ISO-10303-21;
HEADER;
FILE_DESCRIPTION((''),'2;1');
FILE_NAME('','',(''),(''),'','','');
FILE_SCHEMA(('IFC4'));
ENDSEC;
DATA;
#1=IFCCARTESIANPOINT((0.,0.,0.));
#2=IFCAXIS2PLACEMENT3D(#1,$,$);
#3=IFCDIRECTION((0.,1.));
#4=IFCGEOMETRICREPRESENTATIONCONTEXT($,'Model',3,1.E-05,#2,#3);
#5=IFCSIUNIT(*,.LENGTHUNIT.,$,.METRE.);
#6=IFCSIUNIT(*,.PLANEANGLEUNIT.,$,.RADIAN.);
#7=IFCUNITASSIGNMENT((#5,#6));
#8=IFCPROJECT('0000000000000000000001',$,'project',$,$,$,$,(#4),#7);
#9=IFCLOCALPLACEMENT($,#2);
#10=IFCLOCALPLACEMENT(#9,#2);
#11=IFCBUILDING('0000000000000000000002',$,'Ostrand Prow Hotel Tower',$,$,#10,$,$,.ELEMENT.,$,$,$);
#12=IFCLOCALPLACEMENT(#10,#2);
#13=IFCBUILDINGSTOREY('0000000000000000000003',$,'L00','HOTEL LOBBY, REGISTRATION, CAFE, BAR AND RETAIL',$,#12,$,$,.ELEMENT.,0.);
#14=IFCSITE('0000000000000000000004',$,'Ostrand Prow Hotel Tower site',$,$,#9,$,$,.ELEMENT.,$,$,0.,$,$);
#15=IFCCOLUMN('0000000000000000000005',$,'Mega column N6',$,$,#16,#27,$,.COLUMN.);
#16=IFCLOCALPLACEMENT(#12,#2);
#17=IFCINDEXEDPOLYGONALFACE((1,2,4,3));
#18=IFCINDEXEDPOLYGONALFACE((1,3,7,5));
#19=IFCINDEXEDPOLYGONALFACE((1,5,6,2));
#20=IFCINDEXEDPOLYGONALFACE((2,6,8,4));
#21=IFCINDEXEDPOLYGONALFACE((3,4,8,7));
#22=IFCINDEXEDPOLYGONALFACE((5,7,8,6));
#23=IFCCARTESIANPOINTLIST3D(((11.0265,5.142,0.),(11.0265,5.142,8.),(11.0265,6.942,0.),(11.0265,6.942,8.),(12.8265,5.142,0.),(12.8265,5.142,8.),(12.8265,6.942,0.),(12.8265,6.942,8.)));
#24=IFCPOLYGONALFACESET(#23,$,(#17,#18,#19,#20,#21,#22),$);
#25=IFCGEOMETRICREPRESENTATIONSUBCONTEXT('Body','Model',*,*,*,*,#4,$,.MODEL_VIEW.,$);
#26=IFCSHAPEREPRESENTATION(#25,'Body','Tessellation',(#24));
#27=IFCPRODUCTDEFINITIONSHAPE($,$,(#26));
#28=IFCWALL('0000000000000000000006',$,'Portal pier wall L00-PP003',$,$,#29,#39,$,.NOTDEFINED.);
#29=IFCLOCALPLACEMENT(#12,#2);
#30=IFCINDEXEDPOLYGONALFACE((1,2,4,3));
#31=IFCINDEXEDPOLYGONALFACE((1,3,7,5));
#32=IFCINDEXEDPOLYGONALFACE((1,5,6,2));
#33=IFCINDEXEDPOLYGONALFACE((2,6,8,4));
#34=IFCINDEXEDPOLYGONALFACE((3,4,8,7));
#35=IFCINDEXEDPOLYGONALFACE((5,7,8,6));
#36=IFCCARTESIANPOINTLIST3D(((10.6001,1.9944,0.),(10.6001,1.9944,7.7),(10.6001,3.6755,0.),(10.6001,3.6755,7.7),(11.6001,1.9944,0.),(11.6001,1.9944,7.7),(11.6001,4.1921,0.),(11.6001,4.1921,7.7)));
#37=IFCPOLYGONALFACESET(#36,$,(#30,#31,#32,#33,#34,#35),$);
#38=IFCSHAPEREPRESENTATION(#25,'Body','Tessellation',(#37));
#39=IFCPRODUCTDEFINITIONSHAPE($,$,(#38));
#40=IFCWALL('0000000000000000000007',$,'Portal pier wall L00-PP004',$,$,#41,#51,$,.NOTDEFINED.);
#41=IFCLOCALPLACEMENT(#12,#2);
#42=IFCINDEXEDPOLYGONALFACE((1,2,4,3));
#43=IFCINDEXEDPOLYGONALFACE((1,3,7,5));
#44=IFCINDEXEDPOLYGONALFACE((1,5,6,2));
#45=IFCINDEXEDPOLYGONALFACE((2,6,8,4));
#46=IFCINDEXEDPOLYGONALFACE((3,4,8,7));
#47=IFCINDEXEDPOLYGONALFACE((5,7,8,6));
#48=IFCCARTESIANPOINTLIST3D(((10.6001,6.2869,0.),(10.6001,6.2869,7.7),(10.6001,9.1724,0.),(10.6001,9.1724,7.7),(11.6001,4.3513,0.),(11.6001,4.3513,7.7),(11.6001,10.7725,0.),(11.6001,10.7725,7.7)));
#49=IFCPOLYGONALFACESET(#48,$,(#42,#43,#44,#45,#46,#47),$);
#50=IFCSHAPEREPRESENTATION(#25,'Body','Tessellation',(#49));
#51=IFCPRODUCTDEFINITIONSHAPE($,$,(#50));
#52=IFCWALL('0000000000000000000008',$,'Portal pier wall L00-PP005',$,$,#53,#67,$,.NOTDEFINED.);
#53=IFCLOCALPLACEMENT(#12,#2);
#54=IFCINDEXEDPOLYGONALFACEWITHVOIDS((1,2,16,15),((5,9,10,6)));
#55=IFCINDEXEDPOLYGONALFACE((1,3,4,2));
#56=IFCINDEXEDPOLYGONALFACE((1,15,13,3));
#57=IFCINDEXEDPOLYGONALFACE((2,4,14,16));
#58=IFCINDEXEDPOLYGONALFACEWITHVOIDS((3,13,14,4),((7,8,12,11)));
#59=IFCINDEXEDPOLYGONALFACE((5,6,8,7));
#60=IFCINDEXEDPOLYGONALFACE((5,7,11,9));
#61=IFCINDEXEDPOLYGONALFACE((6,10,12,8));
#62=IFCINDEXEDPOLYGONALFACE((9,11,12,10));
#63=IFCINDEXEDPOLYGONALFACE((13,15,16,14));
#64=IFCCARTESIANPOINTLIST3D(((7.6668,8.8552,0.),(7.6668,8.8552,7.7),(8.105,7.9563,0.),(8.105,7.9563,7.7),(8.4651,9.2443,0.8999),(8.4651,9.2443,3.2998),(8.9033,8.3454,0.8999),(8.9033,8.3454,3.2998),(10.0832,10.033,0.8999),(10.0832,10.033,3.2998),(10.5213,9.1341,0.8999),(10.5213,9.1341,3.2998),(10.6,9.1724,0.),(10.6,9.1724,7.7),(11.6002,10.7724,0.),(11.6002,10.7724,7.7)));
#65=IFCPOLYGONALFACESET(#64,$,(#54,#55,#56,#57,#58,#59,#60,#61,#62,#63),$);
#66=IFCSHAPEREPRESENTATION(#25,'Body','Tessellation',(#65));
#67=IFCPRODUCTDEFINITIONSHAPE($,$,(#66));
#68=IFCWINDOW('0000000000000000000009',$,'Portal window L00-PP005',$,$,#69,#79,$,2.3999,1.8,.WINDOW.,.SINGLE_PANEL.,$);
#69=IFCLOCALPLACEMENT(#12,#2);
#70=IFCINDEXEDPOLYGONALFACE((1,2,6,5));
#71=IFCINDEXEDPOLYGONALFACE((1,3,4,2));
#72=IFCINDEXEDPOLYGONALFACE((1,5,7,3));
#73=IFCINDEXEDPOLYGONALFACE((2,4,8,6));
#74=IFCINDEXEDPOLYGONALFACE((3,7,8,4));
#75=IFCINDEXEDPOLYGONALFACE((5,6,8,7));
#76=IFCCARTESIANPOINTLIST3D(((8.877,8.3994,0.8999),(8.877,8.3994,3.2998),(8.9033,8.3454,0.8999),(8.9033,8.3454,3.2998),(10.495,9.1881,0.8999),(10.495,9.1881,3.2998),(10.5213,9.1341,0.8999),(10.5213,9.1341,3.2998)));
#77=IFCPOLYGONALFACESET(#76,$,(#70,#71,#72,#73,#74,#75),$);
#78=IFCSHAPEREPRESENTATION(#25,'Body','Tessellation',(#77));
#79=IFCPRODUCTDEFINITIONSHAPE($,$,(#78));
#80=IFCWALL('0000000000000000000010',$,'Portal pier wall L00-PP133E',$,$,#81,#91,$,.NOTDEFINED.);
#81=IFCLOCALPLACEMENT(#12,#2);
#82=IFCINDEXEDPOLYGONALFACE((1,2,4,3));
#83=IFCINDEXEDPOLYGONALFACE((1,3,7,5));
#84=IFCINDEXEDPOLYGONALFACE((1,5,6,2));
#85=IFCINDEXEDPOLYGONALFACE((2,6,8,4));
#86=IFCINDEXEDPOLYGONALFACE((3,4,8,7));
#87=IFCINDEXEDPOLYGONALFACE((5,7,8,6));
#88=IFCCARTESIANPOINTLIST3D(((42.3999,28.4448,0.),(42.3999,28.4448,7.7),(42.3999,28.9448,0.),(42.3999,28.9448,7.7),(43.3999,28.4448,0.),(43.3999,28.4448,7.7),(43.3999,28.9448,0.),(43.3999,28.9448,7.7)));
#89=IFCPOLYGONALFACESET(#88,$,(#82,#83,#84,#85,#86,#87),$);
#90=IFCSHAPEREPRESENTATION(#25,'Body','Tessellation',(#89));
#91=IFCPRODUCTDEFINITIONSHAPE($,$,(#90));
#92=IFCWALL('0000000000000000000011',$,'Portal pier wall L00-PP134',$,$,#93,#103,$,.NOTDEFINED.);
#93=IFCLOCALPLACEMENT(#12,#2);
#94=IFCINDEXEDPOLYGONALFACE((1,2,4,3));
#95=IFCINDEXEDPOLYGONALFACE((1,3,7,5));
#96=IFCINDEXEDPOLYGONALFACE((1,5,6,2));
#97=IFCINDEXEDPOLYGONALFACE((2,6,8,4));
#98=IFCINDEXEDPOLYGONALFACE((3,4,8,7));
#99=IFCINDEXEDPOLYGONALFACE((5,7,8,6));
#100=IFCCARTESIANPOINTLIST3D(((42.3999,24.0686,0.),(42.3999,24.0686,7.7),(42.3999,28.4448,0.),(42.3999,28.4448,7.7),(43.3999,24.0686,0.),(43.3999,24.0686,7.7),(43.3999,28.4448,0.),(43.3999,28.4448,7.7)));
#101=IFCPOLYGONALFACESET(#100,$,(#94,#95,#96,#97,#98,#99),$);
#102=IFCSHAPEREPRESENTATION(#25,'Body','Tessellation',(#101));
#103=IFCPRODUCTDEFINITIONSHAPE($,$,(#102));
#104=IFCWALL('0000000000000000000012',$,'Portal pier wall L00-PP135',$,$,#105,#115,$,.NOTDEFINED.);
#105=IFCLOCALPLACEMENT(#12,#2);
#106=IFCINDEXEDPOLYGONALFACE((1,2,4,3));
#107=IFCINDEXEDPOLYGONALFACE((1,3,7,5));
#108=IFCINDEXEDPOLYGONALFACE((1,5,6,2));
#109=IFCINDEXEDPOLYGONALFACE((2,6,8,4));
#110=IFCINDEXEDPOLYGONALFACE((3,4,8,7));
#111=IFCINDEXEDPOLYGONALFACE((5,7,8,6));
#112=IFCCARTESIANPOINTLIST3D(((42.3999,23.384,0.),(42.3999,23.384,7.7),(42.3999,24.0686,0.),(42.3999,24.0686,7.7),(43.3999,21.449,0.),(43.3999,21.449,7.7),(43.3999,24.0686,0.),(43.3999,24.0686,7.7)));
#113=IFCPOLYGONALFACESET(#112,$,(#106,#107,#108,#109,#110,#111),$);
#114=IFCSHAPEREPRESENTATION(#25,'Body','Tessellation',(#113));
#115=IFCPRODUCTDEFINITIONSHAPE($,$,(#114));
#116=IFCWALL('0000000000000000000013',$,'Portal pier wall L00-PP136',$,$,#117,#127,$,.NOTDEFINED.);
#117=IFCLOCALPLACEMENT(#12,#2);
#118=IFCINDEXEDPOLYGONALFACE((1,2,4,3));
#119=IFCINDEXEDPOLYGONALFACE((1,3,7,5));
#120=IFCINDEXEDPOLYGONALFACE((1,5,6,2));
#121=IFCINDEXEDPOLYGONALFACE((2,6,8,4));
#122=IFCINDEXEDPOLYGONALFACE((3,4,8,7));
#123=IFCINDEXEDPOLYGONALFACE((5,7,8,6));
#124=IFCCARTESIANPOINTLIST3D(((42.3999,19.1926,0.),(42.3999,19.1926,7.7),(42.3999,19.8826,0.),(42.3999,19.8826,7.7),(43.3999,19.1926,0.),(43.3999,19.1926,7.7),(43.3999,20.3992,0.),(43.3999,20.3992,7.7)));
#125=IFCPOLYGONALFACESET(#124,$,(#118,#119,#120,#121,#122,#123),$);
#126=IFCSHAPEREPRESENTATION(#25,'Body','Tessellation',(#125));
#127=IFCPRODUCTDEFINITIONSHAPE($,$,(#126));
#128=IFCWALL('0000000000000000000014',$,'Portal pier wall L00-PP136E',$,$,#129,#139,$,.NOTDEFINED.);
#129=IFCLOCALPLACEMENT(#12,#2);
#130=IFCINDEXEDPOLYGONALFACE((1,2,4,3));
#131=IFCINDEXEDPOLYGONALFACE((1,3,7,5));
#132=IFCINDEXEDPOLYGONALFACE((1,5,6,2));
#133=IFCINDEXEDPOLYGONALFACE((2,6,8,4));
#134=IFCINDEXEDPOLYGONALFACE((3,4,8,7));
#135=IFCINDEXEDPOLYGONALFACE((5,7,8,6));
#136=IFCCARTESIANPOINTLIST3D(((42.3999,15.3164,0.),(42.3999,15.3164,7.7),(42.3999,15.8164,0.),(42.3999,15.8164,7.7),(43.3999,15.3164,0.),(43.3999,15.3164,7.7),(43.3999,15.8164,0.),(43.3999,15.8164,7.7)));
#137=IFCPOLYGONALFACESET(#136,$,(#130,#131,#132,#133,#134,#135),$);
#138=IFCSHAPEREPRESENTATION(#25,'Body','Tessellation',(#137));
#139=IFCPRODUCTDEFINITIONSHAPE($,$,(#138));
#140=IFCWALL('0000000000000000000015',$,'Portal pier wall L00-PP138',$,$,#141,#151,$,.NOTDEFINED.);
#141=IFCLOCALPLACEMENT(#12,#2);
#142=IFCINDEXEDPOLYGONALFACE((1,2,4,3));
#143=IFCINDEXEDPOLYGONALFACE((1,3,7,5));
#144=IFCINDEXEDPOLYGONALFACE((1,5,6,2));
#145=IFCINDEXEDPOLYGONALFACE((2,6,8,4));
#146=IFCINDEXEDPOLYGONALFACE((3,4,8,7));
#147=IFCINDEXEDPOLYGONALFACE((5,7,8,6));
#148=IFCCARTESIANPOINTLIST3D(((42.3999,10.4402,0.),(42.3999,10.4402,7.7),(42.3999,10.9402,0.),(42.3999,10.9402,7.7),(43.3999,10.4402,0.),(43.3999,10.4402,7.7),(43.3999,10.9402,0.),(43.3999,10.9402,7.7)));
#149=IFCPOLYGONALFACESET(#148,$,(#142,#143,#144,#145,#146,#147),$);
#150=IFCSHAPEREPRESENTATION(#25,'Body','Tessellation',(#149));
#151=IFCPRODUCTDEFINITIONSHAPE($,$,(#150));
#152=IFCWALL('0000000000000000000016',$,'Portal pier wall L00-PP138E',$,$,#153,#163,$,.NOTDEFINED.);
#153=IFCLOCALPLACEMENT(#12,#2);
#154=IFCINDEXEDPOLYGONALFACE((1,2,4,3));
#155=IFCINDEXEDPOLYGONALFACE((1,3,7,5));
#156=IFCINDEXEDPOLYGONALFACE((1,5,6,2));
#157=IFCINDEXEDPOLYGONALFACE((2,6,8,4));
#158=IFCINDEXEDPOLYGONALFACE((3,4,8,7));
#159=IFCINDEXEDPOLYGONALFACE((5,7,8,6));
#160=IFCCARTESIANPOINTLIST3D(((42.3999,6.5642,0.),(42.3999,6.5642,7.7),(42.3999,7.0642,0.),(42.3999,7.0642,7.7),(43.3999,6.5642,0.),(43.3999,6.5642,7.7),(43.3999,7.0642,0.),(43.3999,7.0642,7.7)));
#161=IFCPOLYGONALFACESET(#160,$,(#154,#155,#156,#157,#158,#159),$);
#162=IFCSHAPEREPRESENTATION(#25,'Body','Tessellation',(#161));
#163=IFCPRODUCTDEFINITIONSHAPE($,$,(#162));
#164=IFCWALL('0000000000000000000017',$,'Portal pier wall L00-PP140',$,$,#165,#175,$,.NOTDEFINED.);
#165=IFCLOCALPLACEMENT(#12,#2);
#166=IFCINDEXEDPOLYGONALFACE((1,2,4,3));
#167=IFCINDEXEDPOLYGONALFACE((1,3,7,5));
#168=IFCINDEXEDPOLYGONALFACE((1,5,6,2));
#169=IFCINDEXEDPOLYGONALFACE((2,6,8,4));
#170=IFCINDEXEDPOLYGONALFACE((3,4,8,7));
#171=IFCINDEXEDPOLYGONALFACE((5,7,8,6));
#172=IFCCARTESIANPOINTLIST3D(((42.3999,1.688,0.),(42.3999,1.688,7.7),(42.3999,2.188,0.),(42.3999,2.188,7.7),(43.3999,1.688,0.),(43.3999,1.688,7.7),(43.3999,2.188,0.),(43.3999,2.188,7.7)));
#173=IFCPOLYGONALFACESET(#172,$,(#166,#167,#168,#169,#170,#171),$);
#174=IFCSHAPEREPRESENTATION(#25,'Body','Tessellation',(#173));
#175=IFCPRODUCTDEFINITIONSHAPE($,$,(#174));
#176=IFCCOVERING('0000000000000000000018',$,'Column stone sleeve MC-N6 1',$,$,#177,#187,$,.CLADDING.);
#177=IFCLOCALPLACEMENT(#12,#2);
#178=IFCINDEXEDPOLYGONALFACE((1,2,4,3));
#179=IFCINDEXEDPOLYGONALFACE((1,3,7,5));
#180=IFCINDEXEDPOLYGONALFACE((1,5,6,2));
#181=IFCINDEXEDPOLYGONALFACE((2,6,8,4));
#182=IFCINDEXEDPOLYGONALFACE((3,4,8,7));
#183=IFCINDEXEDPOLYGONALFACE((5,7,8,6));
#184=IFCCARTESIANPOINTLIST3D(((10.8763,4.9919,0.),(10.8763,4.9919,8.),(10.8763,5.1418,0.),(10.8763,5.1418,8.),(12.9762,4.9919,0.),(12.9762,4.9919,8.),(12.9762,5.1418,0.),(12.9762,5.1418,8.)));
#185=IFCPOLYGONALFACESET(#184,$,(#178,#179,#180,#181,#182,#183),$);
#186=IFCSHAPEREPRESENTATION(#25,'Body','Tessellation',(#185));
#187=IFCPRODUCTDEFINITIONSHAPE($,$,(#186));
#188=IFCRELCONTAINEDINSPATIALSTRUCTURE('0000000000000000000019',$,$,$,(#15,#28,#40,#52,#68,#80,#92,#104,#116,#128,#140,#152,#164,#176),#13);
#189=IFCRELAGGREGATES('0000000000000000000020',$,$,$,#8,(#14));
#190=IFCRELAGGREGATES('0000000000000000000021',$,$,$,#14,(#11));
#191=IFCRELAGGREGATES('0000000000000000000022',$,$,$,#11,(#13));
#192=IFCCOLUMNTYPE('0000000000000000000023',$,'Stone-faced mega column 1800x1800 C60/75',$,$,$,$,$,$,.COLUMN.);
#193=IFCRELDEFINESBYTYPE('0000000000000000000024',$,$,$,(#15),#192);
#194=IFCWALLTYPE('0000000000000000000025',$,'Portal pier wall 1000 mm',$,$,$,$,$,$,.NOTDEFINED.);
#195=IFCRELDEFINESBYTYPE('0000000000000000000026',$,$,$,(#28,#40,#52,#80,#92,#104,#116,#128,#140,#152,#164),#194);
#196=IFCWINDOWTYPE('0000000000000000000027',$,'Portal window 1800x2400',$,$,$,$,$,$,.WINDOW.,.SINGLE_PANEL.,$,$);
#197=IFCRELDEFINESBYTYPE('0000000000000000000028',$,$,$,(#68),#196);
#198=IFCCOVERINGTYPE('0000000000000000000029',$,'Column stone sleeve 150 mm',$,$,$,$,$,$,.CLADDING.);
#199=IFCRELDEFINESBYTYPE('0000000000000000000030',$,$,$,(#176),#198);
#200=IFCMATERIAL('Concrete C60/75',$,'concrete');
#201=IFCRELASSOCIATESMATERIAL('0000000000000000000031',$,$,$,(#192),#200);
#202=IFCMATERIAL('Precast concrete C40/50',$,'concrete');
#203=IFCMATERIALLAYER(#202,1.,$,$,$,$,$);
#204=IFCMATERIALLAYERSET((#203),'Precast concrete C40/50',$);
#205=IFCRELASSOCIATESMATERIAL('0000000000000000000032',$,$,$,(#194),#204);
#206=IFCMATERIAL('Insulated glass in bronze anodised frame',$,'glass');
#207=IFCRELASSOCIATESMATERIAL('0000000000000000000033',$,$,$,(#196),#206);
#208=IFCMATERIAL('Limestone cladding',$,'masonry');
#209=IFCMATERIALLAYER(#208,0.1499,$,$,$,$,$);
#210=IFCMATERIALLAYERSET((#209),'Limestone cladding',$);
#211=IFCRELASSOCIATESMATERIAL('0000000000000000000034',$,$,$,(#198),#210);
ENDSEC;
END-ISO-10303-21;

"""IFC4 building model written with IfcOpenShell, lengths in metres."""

from ifc_helpers import new_model, si_unit, direction, frame, frame_2d, origin, origin_2d, place, context, subcontext, project, spatial, polyline, rectangle, outline, extrude, material, layer, layer_set, material_profile, profile_set, type_object, element, fill, save


model = new_model("IFC4")

# Units and contexts
model_context = context("Model", 3, precision=1e-05, world=origin(), true_north=direction((0.0, 1.0)))
body_context = subcontext(model_context, "Body", "Model", "MODEL_VIEW")
ifc_project = project(units=[si_unit("LENGTHUNIT", "METRE"), si_unit("PLANEANGLEUNIT", "RADIAN")], contexts=[model_context])

# Site, building, storey
site_placement = place(None, origin())
site = spatial("IfcSite", under=ifc_project, at=site_placement, Name="Ostrand Prow Hotel Tower site", CompositionType="ELEMENT", RefElevation=0.0)
building_placement = place(site_placement, origin())
building = spatial("IfcBuilding", under=site, at=building_placement, Name="Ostrand Prow Hotel Tower", CompositionType="ELEMENT")
storey_placement = place(building_placement, origin())
storey = spatial("IfcBuildingStorey", under=building, at=storey_placement, Name="L00", Description="HOTEL LOBBY, REGISTRATION, CAFE, BAR AND RETAIL", CompositionType="ELEMENT", Elevation=0.0)

# Column
ifc_material_1 = material(Name="Concrete C60/75", Category="concrete")
ifc_material_profile_1 = material_profile(ifc_material_1, rectangle(XDim=1.8, YDim=1.8, at=origin_2d()), Name="RC 1800x1800")
ifc_profile_set_1 = profile_set([ifc_material_profile_1], Name="Concrete C60/75")
column_type = type_object("IfcColumnType", Name="Stone-faced mega column 1800x1800 C60/75", PredefinedType="COLUMN", material=ifc_profile_set_1)
column_placement = place(storey_placement, frame((11.9265, 6.042, 0.0), z_axis=(0.0, 0.0, 1.0), x_axis=(1.0, 0.0, 0.0)))
element("IfcColumn", 1, at=column_placement, inside=storey, type_object=column_type, Name="Mega column N6", PredefinedType="COLUMN", context=body_context, shape_type="SweptSolid", body=[
    extrude(rectangle(XDim=1.8, YDim=1.8, at=origin_2d()), origin(), (0.0, 0.0, 1.0), 8.0),
])

# Walls
ifc_material_2 = material(Name="Precast concrete C40/50", Category="concrete")
ifc_layer_1 = layer(ifc_material_2, 1.0)
ifc_layer_set_1 = layer_set([ifc_layer_1], Name="Precast concrete C40/50")
wall_type = type_object("IfcWallType", Name="Portal pier wall 1000 mm", PredefinedType="NOTDEFINED", material=ifc_layer_set_1)
wall_1_placement = place(storey_placement, frame((11.1001, 1.9944, 0.0), z_axis=(0.0, 0.0, 1.0), x_axis=(0.0, 1.0, 0.0)))
element("IfcWall", 2, at=wall_1_placement, inside=storey, type_object=wall_type, Name="Portal pier wall L00-PP003", PredefinedType="NOTDEFINED", context=body_context, shape_type="SweptSolid", body=[
    extrude(outline(polyline([(0.0, -0.5), (2.1978, -0.5), (1.6812, 0.5), (0.0, 0.5), (0.0, -0.5)])), origin(), (0.0, 0.0, 1.0), 7.7),
])
wall_2_placement = place(storey_placement, frame((11.1001, 5.3191, 0.0), z_axis=(0.0, 0.0, 1.0), x_axis=(0.0, 1.0, 0.0)))
element("IfcWall", 3, at=wall_2_placement, inside=storey, type_object=wall_type, Name="Portal pier wall L00-PP004", PredefinedType="NOTDEFINED", context=body_context, shape_type="SweptSolid", body=[
    extrude(outline(polyline([(-0.9678, -0.5), (5.4534, -0.5), (3.8533, 0.5), (0.9678, 0.5), (-0.9678, -0.5)])), origin(), (0.0, 0.0, 1.0), 7.7),
])

# Wall, opening, window
wall_3_placement = place(storey_placement, frame((11.1001, 9.9724, 0.0), z_axis=(0.0, 0.0, 1.0), x_axis=(-0.898902, -0.438151, 0.0)))
wall_3 = element("IfcWall", 4, at=wall_3_placement, inside=storey, type_object=wall_type, Name="Portal pier wall L00-PP005", PredefinedType="NOTDEFINED", context=body_context, shape_type="SweptSolid", body=[
    extrude(outline(polyline([(-0.8, -0.5), (3.5757, -0.5), (3.5757, 0.5), (0.8, 0.5), (-0.8, -0.5)])), origin(), (0.0, 0.0, 1.0), 7.7),
])
opening_1_placement = place(wall_3_placement, frame((0.8877, 0.0, 0.8999)))
opening_1 = element("IfcOpeningElement", 5, at=opening_1_placement, cuts=wall_3, PredefinedType="OPENING", context=body_context, shape_type="SweptSolid", body=[
    extrude(rectangle(XDim=1.8, YDim=2.3999, at=frame_2d((0.8999, 1.2))), frame((0.0, 0.51, 0.0), z_axis=(0.0, -1.0, 0.0), x_axis=(1.0, 0.0, 0.0)), (0.0, 0.0, 1.0), 1.02),
])
ifc_material_3 = material(Name="Insulated glass in bronze anodised frame", Category="glass")
window_type = type_object("IfcWindowType", Name="Portal window 1800x2400", PartitioningType="SINGLE_PANEL", PredefinedType="WINDOW", material=ifc_material_3)
window_placement = place(opening_1_placement, origin())
window = element("IfcWindow", 6, at=window_placement, inside=storey, type_object=window_type, Name="Portal window L00-PP005", OverallHeight=2.3999, OverallWidth=1.8, PartitioningType="SINGLE_PANEL", PredefinedType="WINDOW", context=body_context, shape_type="SweptSolid", body=[
    extrude(rectangle(XDim=1.8, YDim=2.3999, at=frame_2d((0.8999, 1.2))), frame((0.0, 0.5, 0.0), z_axis=(0.0, -1.0, 0.0), x_axis=(1.0, 0.0, 0.0)), (0.0, 0.0, 1.0), 0.0601),
])
fill(opening_1, window)

# Walls
wall_4_placement = place(storey_placement, frame((42.8999, 28.9448, 0.0), z_axis=(0.0, 0.0, 1.0), x_axis=(0.0, -1.0, 0.0)))
element("IfcWall", 7, at=wall_4_placement, inside=storey, type_object=wall_type, Name="Portal pier wall L00-PP133E", PredefinedType="NOTDEFINED", context=body_context, shape_type="SweptSolid", body=[
    extrude(outline(polyline([(0.0, -0.5), (0.5, -0.5), (0.5, 0.5), (0.0, 0.5), (0.0, -0.5)])), origin(), (0.0, 0.0, 1.0), 7.7),
])
wall_5_placement = place(storey_placement, frame((42.8999, 28.4448, 0.0), z_axis=(0.0, 0.0, 1.0), x_axis=(0.0, -1.0, 0.0)))
element("IfcWall", 8, at=wall_5_placement, inside=storey, type_object=wall_type, Name="Portal pier wall L00-PP134", PredefinedType="NOTDEFINED", context=body_context, shape_type="SweptSolid", body=[
    extrude(outline(polyline([(0.0, -0.5), (4.3762, -0.5), (4.3762, 0.5), (0.0, 0.5), (0.0, -0.5)])), origin(), (0.0, 0.0, 1.0), 7.7),
])
wall_6_placement = place(storey_placement, frame((42.8999, 24.0686, 0.0), z_axis=(0.0, 0.0, 1.0), x_axis=(0.0, -1.0, 0.0)))
element("IfcWall", 9, at=wall_6_placement, inside=storey, type_object=wall_type, Name="Portal pier wall L00-PP135", PredefinedType="NOTDEFINED", context=body_context, shape_type="SweptSolid", body=[
    extrude(outline(polyline([(0.0, -0.5), (0.6846, -0.5), (2.6196, 0.5), (0.0, 0.5), (0.0, -0.5)])), origin(), (0.0, 0.0, 1.0), 7.7),
])
wall_7_placement = place(storey_placement, frame((42.8999, 20.1409, 0.0), z_axis=(0.0, 0.0, 1.0), x_axis=(0.0, -1.0, 0.0)))
element("IfcWall", 10, at=wall_7_placement, inside=storey, type_object=wall_type, Name="Portal pier wall L00-PP136", PredefinedType="NOTDEFINED", context=body_context, shape_type="SweptSolid", body=[
    extrude(outline(polyline([(0.2583, -0.5), (0.9482, -0.5), (0.9482, 0.5), (-0.2583, 0.5), (0.2583, -0.5)])), origin(), (0.0, 0.0, 1.0), 7.7),
])
wall_8_placement = place(storey_placement, frame((42.8999, 15.8164, 0.0), z_axis=(0.0, 0.0, 1.0), x_axis=(0.0, -1.0, 0.0)))
element("IfcWall", 11, at=wall_8_placement, inside=storey, type_object=wall_type, Name="Portal pier wall L00-PP136E", PredefinedType="NOTDEFINED", context=body_context, shape_type="SweptSolid", body=[
    extrude(outline(polyline([(0.0, -0.5), (0.5, -0.5), (0.5, 0.5), (0.0, 0.5), (0.0, -0.5)])), origin(), (0.0, 0.0, 1.0), 7.7),
])

# Walls
for number, where, z_axis, x_axis, name in (
    (12, (42.8999, 10.9402, 0.0), (0.0, 0.0, 1.0), (0.0, -1.0, 0.0), "Portal pier wall L00-PP138"),
    (13, (42.8999, 7.0642, 0.0), (0.0, 0.0, 1.0), (0.0, -1.0, 0.0), "Portal pier wall L00-PP138E"),
):
    element("IfcWall", number, at=place(storey_placement, frame(where, z_axis=z_axis, x_axis=x_axis)), inside=storey, type_object=wall_type, Name=name, PredefinedType="NOTDEFINED", context=body_context, shape_type="SweptSolid", body=[
        extrude(outline(polyline([(0.0, -0.5), (0.5, -0.5), (0.5, 0.5), (0.0, 0.5), (0.0, -0.5)])), origin(), (0.0, 0.0, 1.0), 7.7),
    ])

# Wall
wall_9_placement = place(storey_placement, frame((42.8999, 2.188, 0.0), z_axis=(0.0, 0.0, 1.0), x_axis=(0.0, -1.0, 0.0)))
element("IfcWall", 14, at=wall_9_placement, inside=storey, type_object=wall_type, Name="Portal pier wall L00-PP140", PredefinedType="NOTDEFINED", context=body_context, shape_type="SweptSolid", body=[
    extrude(outline(polyline([(0.0, -0.5), (0.5, -0.5), (0.5, 0.5), (0.0, 0.5), (0.0, -0.5)])), origin(), (0.0, 0.0, 1.0), 7.7),
])

# Covering
ifc_material_4 = material(Name="Limestone cladding", Category="masonry")
ifc_layer_2 = layer(ifc_material_4, 0.1499)
ifc_layer_set_2 = layer_set([ifc_layer_2], Name="Limestone cladding")
covering_type_1 = type_object("IfcCoveringType", Name="Column stone sleeve 150 mm", PredefinedType="CLADDING", material=ifc_layer_set_2)
covering_1_placement = place(storey_placement, frame((10.8765, 5.0669, 0.0), z_axis=(0.0, 0.0, 1.0), x_axis=(1.0, 0.0, 0.0)))
element("IfcCovering", 15, at=covering_1_placement, inside=storey, type_object=covering_type_1, Name="Column stone sleeve MC-N6 1", PredefinedType="CLADDING", context=body_context, shape_type="SweptSolid", body=[
    extrude(rectangle(XDim=2.0999, YDim=0.1499, at=frame_2d((1.0498, 0.0))), origin(), (0.0, 0.0, 1.0), 8.0),
])

save(model, "model.ifc")
